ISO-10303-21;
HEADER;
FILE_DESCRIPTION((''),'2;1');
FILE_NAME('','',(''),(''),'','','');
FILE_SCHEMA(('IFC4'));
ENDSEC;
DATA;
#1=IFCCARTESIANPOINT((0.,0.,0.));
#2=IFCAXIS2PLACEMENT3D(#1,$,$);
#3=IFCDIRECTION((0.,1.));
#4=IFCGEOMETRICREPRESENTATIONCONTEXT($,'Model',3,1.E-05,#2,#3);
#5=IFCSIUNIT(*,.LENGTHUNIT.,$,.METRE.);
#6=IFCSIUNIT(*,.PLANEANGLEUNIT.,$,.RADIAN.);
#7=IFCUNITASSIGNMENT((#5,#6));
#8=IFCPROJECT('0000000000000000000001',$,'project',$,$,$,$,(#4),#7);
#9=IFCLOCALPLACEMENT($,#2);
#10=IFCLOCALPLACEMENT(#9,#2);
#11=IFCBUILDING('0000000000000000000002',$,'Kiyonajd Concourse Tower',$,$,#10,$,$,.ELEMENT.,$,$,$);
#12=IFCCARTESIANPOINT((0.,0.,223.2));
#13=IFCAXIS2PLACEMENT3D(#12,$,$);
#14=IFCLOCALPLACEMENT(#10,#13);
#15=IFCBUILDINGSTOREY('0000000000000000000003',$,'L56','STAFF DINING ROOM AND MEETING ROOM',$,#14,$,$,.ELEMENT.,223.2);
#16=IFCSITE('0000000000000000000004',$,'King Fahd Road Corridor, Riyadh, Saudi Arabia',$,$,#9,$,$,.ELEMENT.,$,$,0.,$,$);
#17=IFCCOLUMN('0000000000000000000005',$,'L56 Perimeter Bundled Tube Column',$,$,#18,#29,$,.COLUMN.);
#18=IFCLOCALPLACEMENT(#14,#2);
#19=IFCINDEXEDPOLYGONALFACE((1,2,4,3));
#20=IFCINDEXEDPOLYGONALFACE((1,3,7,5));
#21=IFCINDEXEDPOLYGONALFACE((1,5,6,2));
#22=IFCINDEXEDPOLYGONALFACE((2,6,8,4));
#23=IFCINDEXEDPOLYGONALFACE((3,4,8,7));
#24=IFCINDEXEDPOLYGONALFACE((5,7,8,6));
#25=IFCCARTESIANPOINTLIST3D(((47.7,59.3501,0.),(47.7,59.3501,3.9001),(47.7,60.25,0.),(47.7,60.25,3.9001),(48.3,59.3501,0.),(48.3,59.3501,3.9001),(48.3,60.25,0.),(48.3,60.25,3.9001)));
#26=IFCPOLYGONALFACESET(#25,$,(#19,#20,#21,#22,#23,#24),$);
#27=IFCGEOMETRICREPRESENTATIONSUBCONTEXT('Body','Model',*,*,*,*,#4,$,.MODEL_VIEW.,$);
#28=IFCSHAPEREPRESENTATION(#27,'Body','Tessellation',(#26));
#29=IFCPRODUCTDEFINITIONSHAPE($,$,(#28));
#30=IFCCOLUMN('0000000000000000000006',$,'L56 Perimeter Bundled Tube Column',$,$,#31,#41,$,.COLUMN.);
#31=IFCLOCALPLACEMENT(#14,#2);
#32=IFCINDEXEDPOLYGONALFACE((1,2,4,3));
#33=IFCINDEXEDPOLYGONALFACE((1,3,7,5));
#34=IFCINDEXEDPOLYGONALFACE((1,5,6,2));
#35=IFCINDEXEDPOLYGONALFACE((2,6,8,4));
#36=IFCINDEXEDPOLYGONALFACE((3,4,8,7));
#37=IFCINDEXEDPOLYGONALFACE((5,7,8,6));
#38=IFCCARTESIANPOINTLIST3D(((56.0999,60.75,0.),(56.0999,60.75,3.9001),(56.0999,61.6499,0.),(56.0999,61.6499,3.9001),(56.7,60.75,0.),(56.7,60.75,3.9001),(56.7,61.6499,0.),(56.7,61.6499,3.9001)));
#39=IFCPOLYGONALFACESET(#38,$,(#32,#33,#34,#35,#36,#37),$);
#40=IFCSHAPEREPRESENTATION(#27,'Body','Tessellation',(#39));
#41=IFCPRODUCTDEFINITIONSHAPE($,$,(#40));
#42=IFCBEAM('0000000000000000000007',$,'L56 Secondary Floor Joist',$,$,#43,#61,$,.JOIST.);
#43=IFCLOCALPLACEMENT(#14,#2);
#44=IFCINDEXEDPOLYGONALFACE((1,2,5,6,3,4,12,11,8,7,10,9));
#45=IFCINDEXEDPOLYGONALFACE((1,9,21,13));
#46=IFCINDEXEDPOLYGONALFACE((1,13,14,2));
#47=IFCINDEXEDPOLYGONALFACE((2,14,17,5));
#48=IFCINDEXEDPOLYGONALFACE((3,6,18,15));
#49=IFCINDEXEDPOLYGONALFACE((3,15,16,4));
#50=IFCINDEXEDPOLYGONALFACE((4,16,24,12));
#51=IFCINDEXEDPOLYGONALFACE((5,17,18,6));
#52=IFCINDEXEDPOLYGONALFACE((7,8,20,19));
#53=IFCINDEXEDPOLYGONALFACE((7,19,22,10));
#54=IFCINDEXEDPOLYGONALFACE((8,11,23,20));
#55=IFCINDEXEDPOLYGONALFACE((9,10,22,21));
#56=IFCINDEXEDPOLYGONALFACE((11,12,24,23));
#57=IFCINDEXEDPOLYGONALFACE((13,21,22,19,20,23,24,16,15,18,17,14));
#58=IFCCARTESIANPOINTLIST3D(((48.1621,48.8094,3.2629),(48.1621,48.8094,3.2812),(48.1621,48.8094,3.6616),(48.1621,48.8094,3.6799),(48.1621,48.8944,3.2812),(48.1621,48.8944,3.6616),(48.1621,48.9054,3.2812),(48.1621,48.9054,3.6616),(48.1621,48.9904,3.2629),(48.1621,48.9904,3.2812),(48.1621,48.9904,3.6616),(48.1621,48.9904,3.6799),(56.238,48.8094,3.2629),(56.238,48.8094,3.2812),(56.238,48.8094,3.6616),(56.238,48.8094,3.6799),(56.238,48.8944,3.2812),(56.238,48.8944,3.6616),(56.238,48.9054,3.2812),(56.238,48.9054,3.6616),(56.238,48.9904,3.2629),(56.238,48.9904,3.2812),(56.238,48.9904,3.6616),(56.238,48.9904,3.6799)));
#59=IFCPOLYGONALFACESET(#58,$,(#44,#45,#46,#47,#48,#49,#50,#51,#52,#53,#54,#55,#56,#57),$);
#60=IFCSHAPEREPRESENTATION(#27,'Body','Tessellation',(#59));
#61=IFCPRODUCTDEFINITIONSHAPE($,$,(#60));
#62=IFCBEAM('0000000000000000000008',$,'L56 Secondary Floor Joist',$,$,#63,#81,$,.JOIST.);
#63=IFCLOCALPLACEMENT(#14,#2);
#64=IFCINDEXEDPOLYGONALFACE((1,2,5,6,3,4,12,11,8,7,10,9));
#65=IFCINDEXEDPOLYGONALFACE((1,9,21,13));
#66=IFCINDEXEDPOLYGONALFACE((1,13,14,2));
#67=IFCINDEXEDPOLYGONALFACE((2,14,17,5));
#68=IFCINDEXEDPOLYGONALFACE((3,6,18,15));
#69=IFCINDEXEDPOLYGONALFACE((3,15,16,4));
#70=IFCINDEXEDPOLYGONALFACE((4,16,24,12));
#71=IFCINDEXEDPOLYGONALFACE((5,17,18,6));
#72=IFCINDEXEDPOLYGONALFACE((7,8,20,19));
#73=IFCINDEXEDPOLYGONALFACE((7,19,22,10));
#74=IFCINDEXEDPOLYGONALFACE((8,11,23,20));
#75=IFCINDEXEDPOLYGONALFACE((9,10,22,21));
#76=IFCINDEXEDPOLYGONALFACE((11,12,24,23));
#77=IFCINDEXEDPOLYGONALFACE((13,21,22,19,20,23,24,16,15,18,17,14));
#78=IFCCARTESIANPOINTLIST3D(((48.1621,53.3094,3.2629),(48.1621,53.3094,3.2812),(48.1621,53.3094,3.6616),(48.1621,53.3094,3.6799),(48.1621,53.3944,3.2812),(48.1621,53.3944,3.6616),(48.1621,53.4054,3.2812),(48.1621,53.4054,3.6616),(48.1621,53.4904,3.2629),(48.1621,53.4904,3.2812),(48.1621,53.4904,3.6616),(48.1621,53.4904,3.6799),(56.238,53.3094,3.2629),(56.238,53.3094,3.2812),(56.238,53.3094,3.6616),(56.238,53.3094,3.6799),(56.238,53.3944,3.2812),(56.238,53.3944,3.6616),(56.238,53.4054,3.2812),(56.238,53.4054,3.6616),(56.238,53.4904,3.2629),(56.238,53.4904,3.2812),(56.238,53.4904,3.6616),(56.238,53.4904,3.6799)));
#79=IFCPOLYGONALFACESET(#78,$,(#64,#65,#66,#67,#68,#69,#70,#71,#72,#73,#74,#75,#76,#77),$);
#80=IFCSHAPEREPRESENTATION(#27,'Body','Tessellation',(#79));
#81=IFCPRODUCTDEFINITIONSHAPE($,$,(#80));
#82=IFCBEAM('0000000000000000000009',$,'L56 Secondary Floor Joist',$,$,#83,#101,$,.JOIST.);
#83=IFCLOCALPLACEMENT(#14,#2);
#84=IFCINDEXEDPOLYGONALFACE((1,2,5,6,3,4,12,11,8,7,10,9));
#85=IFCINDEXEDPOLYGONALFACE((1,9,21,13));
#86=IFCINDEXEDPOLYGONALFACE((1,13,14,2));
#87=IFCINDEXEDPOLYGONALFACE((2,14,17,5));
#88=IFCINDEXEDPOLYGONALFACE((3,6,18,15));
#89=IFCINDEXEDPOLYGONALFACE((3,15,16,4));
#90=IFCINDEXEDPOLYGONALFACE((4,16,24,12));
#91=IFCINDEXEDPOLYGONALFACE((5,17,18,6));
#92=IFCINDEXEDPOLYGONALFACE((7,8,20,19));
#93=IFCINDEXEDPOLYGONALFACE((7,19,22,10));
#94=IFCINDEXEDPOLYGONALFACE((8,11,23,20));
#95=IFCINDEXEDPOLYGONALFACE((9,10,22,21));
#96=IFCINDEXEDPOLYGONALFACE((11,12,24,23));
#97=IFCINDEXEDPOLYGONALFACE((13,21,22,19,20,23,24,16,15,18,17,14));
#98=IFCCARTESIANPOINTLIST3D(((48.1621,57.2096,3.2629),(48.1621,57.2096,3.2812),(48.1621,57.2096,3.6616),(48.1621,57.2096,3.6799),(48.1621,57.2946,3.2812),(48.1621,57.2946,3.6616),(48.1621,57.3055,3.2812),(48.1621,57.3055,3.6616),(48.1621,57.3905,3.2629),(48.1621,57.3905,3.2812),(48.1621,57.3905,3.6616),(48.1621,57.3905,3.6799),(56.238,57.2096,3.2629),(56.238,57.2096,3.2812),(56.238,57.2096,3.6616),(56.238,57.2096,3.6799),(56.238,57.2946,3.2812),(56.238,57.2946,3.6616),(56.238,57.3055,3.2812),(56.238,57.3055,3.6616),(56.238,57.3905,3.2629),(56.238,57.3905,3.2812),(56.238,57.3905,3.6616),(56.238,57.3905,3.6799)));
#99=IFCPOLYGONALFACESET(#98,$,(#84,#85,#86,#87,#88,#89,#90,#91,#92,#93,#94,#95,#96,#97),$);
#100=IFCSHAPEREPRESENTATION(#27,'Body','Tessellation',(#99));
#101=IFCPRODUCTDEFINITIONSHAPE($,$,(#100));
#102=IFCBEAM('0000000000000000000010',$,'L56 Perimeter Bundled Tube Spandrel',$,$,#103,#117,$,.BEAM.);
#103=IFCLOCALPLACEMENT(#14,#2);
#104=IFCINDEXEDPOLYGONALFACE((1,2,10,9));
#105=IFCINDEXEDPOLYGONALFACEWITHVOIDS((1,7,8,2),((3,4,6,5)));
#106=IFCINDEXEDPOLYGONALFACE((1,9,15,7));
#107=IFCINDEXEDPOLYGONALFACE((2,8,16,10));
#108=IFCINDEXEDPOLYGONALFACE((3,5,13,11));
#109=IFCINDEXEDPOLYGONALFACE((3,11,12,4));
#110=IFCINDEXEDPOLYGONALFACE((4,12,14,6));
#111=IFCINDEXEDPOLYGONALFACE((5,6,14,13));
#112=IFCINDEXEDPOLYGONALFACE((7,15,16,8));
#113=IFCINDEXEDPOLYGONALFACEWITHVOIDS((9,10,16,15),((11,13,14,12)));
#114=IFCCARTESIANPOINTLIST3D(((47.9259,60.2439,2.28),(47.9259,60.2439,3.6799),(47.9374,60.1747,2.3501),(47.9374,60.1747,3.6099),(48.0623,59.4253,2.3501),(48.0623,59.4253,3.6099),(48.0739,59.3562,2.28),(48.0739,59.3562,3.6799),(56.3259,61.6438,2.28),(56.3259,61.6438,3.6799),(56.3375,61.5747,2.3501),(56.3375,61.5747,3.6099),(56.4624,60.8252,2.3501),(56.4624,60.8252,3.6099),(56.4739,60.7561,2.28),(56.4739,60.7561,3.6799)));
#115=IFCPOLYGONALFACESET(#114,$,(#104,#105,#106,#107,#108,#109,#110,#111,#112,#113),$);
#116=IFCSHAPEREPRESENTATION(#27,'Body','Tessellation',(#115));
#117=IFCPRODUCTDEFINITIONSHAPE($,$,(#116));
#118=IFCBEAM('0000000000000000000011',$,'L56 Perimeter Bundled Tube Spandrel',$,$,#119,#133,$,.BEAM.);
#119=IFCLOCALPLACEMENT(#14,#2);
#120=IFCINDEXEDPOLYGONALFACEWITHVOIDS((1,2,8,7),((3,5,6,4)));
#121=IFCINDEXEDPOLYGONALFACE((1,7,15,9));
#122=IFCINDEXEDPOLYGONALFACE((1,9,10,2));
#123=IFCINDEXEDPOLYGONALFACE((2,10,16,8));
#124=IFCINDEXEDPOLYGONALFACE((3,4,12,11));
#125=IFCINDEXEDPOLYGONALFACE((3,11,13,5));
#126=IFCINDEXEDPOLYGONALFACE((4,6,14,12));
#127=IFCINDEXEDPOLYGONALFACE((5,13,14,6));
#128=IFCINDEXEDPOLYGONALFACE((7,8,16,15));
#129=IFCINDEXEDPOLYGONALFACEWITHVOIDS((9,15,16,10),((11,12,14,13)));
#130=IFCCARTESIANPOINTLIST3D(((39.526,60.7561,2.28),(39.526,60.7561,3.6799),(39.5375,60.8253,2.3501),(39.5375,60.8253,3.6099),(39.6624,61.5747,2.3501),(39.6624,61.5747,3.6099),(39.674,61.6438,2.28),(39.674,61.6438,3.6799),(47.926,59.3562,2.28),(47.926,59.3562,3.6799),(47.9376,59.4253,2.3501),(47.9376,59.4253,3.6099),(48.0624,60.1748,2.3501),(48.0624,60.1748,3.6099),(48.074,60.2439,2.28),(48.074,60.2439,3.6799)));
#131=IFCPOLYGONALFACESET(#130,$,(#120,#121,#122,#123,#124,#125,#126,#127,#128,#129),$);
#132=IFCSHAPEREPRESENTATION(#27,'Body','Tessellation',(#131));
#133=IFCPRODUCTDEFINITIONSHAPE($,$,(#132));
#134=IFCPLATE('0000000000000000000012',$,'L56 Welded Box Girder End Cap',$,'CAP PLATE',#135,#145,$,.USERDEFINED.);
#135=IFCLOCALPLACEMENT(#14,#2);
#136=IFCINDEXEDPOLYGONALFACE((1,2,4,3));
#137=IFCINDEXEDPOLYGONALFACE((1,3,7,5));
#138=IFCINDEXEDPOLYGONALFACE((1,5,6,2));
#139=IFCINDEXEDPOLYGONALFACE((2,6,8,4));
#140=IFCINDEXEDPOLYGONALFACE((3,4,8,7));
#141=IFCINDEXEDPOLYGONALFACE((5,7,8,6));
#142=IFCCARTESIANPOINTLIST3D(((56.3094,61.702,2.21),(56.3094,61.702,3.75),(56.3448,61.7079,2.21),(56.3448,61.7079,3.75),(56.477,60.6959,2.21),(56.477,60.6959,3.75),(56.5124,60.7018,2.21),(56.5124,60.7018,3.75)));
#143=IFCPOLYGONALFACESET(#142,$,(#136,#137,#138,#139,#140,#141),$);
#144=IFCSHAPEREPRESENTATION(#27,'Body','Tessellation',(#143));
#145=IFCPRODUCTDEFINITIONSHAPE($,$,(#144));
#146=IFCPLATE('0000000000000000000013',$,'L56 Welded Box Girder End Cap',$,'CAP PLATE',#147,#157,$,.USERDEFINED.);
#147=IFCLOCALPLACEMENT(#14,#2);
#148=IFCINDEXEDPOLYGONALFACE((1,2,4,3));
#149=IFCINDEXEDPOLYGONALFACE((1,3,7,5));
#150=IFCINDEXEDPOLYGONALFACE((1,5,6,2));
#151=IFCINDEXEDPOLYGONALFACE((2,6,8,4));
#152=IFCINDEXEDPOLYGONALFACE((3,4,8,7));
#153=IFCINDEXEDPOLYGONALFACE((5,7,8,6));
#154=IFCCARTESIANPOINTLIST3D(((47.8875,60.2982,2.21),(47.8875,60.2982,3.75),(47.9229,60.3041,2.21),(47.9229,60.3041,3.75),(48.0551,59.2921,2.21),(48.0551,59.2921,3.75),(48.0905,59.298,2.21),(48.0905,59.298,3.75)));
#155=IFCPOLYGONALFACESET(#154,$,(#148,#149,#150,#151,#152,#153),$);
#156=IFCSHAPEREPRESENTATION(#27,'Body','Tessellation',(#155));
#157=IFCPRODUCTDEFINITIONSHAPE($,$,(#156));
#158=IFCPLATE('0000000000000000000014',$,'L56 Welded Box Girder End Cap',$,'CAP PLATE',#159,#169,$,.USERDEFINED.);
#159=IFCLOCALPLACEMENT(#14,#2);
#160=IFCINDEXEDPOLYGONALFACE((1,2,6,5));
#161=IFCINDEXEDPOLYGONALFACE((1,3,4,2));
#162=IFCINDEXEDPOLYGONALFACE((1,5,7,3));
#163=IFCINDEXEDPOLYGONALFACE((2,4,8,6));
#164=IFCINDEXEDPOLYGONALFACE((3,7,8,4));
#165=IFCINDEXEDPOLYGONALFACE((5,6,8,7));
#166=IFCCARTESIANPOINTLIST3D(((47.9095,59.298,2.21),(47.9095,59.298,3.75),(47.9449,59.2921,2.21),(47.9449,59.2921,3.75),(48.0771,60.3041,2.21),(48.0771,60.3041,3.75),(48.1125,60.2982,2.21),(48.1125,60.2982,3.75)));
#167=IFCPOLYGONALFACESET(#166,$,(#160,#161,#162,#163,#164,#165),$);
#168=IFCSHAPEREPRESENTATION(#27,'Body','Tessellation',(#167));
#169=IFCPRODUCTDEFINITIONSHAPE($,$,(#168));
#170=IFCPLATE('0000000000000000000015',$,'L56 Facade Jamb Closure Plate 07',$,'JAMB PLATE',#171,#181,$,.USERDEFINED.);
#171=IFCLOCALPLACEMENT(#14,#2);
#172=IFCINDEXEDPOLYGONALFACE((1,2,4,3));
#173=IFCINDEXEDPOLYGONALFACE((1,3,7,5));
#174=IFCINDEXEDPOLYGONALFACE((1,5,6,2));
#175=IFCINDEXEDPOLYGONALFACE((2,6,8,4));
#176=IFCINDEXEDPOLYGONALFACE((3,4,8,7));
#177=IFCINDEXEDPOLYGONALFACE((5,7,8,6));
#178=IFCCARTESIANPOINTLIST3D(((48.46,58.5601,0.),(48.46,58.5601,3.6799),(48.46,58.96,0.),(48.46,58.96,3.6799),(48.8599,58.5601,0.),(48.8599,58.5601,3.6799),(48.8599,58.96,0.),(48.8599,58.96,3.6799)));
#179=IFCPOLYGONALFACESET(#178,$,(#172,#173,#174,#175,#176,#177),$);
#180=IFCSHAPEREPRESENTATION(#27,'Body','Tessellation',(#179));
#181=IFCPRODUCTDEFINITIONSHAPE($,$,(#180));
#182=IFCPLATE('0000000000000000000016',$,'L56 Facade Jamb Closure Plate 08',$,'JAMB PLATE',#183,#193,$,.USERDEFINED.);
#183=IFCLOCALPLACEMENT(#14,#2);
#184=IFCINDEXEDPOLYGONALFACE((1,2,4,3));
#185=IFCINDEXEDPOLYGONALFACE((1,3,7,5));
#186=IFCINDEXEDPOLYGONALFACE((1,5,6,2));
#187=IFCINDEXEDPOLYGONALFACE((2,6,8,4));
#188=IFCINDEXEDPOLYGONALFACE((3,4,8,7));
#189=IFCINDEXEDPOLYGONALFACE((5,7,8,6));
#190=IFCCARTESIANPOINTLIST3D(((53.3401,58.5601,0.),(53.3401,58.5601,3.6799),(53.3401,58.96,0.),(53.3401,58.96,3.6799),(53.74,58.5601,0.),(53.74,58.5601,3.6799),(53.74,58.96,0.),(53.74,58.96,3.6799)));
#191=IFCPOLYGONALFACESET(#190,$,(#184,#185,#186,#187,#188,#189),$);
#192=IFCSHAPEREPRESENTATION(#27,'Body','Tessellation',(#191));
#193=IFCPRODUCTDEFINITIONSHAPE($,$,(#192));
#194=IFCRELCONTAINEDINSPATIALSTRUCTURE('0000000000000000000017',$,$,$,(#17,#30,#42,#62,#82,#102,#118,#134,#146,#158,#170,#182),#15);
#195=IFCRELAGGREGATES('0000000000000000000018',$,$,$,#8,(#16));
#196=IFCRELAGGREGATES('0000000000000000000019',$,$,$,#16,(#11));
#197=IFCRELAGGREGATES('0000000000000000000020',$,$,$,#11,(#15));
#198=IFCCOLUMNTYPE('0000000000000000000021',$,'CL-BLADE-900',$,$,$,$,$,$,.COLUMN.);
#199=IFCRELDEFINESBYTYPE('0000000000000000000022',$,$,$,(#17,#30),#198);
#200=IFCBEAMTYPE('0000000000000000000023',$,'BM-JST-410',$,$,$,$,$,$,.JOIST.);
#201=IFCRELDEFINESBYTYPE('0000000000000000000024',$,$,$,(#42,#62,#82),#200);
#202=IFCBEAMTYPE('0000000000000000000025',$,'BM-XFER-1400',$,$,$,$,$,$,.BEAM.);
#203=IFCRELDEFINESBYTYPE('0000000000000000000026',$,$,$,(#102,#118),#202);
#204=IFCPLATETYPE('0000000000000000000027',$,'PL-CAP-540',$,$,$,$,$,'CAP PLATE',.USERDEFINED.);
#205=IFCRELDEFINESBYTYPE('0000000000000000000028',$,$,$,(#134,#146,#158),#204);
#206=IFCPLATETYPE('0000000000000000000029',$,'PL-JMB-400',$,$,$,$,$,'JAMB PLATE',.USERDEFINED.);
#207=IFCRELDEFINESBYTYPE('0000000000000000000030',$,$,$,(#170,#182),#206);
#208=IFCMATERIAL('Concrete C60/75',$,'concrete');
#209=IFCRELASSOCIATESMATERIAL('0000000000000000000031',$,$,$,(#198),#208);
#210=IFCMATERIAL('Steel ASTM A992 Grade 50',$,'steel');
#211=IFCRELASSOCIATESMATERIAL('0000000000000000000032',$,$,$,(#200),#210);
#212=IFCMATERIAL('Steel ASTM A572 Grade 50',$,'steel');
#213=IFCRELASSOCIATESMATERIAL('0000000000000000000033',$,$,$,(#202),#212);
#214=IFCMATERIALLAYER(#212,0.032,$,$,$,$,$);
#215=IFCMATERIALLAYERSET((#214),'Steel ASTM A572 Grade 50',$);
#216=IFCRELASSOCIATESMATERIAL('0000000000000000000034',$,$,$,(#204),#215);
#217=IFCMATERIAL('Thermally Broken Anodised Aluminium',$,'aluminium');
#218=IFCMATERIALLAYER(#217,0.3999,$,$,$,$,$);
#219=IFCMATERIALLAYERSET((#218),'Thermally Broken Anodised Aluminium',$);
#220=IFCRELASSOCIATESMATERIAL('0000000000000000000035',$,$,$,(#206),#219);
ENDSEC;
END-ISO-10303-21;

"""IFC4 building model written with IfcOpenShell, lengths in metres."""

from ifc_helpers import new_model, si_unit, direction, frame, origin, origin_2d, place, context, subcontext, project, spatial, rectangle, hollow_rectangle, i_section, extrude, material, layer, layer_set, material_profile, profile_set, type_object, element, save


model = new_model("IFC4")

# Units and contexts
model_context = context("Model", 3, precision=1e-05, world=origin(), true_north=direction((0.0, 1.0)))
body_context = subcontext(model_context, "Body", "Model", "MODEL_VIEW")
ifc_project = project(units=[si_unit("LENGTHUNIT", "METRE"), si_unit("PLANEANGLEUNIT", "RADIAN")], contexts=[model_context])

# Site, building, storey
site_placement = place(None, origin())
site = spatial("IfcSite", under=ifc_project, at=site_placement, Name="King Fahd Road Corridor, Riyadh, Saudi Arabia", CompositionType="ELEMENT", RefElevation=0.0)
building_placement = place(site_placement, origin())
building = spatial("IfcBuilding", under=site, at=building_placement, Name="Kiyonajd Concourse Tower", CompositionType="ELEMENT")
storey_placement = place(building_placement, frame((0.0, 0.0, 223.2)))
storey = spatial("IfcBuildingStorey", under=building, at=storey_placement, Name="L56", Description="STAFF DINING ROOM AND MEETING ROOM", CompositionType="ELEMENT", Elevation=223.2)

# Columns
ifc_material_1 = material(Name="Concrete C60/75", Category="concrete")
ifc_material_profile_1 = material_profile(ifc_material_1, rectangle(XDim=0.6001, YDim=0.8999, at=origin_2d()), Name="RC-900x600")
ifc_profile_set_1 = profile_set([ifc_material_profile_1], Name="Concrete C60/75")
column_type = type_object("IfcColumnType", Name="CL-BLADE-900", PredefinedType="COLUMN", material=ifc_profile_set_1)
for number, where, z_axis, x_axis, name in (
    (1, (48.0, 59.8, 0.0), (0.0, 0.0, 1.0), (1.0, 0.0, 0.0), "L56 Perimeter Bundled Tube Column"),
    (2, (56.3999, 61.2, 0.0), (0.0, 0.0, 1.0), (1.0, 0.0, 0.0), "L56 Perimeter Bundled Tube Column"),
):
    element("IfcColumn", number, at=place(storey_placement, frame(where, z_axis=z_axis, x_axis=x_axis)), inside=storey, type_object=column_type, Name=name, PredefinedType="COLUMN", context=body_context, shape_type="SweptSolid", body=[
        extrude(rectangle(XDim=0.6001, YDim=0.8999, at=origin_2d()), origin(), (0.0, 0.0, 1.0), 3.9001),
    ])

# Beams
ifc_material_2 = material(Name="Steel ASTM A992 Grade 50", Category="steel")
ifc_material_profile_2 = material_profile(ifc_material_2, i_section(OverallWidth=0.1809, OverallDepth=0.417, WebThickness=0.011, FlangeThickness=0.0183, at=origin_2d()), Name="W410X85")
ifc_profile_set_2 = profile_set([ifc_material_profile_2], Name="Steel ASTM A992 Grade 50")
beam_type_1 = type_object("IfcBeamType", Name="BM-JST-410", PredefinedType="JOIST", material=ifc_profile_set_2)
for number, where, z_axis, x_axis, name in (
    (3, (48.1621, 48.8999, 3.4714), (1.0, 0.0, 0.0), (0.0, 1.0, 0.0), "L56 Secondary Floor Joist"),
    (4, (48.1621, 53.3999, 3.4714), (1.0, 0.0, 0.0), (0.0, 1.0, 0.0), "L56 Secondary Floor Joist"),
    (5, (48.1621, 57.3, 3.4714), (1.0, 0.0, 0.0), (0.0, 1.0, 0.0), "L56 Secondary Floor Joist"),
):
    element("IfcBeam", number, at=place(storey_placement, frame(where, z_axis=z_axis, x_axis=x_axis)), inside=storey, type_object=beam_type_1, Name=name, PredefinedType="JOIST", context=body_context, shape_type="SweptSolid", body=[
        extrude(i_section(OverallWidth=0.1809, OverallDepth=0.417, WebThickness=0.011, FlangeThickness=0.0183, at=origin_2d()), origin(), (0.0, 0.0, 1.0), 8.0759),
    ])
ifc_material_3 = material(Name="Steel ASTM A572 Grade 50", Category="steel")
ifc_material_profile_3 = material_profile(ifc_material_3, hollow_rectangle(XDim=0.8999, YDim=1.3999, WallThickness=0.0701, at=origin_2d()), Name="BOX-1400x900x70")
ifc_profile_set_3 = profile_set([ifc_material_profile_3], Name="Steel ASTM A572 Grade 50")
beam_type_2 = type_object("IfcBeamType", Name="BM-XFER-1400", PredefinedType="BEAM", material=ifc_profile_set_3)
for number, where, z_axis, x_axis, name in (
    (6, (56.3999, 61.2, 2.98), (-0.986395, -0.16439, 0.0), (0.16439, -0.986395, 0.0), "L56 Perimeter Bundled Tube Spandrel"),
    (7, (48.0, 59.8, 2.98), (-0.986395, 0.16439, 0.0), (-0.16439, -0.986395, 0.0), "L56 Perimeter Bundled Tube Spandrel"),
):
    element("IfcBeam", number, at=place(storey_placement, frame(where, z_axis=z_axis, x_axis=x_axis)), inside=storey, type_object=beam_type_2, Name=name, PredefinedType="BEAM", context=body_context, shape_type="SweptSolid", body=[
        extrude(hollow_rectangle(XDim=0.8999, YDim=1.3999, WallThickness=0.0701, at=origin_2d()), origin(), (0.0, 0.0, 1.0), 8.5159),
    ])

# Plates
ifc_layer_1 = layer(ifc_material_3, 0.032)
ifc_layer_set_1 = layer_set([ifc_layer_1], Name="Steel ASTM A572 Grade 50")
plate_type_1 = type_object("IfcPlateType", Name="PL-CAP-540", ElementType="CAP PLATE", PredefinedType="USERDEFINED", material=ifc_layer_set_1)
for number, where, z_axis, x_axis, name in (
    (8, (56.4109, 61.2019, 2.21), (0.0, 0.0, 1.0), (0.986401, 0.164359, 0.0), "L56 Welded Box Girder End Cap"),
    (9, (47.989, 59.7981, 2.21), (0.0, 0.0, 1.0), (-0.986401, -0.164359, 0.0), "L56 Welded Box Girder End Cap"),
    (10, (48.011, 59.7981, 2.21), (0.0, 0.0, 1.0), (0.986401, -0.164359, 0.0), "L56 Welded Box Girder End Cap"),
):
    element("IfcPlate", number, at=place(storey_placement, frame(where, z_axis=z_axis, x_axis=x_axis)), inside=storey, type_object=plate_type_1, Name=name, ObjectType="CAP PLATE", PredefinedType="USERDEFINED", context=body_context, shape_type="SweptSolid", body=[
        extrude(rectangle(XDim=0.0359, YDim=1.02, at=origin_2d()), origin(), (0.0, 0.0, 1.0), 1.54),
    ])
ifc_material_4 = material(Name="Thermally Broken Anodised Aluminium", Category="aluminium")
ifc_layer_2 = layer(ifc_material_4, 0.3999)
ifc_layer_set_2 = layer_set([ifc_layer_2], Name="Thermally Broken Anodised Aluminium")
plate_type_2 = type_object("IfcPlateType", Name="PL-JMB-400", ElementType="JAMB PLATE", PredefinedType="USERDEFINED", material=ifc_layer_set_2)
for number, where, z_axis, x_axis, name in (
    (11, (48.6599, 58.76, 0.0), (0.0, 0.0, 1.0), (1.0, 0.0, 0.0), "L56 Facade Jamb Closure Plate 07"),
    (12, (53.54, 58.76, 0.0), (0.0, 0.0, 1.0), (1.0, 0.0, 0.0), "L56 Facade Jamb Closure Plate 08"),
):
    element("IfcPlate", number, at=place(storey_placement, frame(where, z_axis=z_axis, x_axis=x_axis)), inside=storey, type_object=plate_type_2, Name=name, ObjectType="JAMB PLATE", PredefinedType="USERDEFINED", context=body_context, shape_type="SweptSolid", body=[
        extrude(rectangle(XDim=0.3999, YDim=0.3999, at=origin_2d()), origin(), (0.0, 0.0, 1.0), 3.6799),
    ])

save(model, "model.ifc")
